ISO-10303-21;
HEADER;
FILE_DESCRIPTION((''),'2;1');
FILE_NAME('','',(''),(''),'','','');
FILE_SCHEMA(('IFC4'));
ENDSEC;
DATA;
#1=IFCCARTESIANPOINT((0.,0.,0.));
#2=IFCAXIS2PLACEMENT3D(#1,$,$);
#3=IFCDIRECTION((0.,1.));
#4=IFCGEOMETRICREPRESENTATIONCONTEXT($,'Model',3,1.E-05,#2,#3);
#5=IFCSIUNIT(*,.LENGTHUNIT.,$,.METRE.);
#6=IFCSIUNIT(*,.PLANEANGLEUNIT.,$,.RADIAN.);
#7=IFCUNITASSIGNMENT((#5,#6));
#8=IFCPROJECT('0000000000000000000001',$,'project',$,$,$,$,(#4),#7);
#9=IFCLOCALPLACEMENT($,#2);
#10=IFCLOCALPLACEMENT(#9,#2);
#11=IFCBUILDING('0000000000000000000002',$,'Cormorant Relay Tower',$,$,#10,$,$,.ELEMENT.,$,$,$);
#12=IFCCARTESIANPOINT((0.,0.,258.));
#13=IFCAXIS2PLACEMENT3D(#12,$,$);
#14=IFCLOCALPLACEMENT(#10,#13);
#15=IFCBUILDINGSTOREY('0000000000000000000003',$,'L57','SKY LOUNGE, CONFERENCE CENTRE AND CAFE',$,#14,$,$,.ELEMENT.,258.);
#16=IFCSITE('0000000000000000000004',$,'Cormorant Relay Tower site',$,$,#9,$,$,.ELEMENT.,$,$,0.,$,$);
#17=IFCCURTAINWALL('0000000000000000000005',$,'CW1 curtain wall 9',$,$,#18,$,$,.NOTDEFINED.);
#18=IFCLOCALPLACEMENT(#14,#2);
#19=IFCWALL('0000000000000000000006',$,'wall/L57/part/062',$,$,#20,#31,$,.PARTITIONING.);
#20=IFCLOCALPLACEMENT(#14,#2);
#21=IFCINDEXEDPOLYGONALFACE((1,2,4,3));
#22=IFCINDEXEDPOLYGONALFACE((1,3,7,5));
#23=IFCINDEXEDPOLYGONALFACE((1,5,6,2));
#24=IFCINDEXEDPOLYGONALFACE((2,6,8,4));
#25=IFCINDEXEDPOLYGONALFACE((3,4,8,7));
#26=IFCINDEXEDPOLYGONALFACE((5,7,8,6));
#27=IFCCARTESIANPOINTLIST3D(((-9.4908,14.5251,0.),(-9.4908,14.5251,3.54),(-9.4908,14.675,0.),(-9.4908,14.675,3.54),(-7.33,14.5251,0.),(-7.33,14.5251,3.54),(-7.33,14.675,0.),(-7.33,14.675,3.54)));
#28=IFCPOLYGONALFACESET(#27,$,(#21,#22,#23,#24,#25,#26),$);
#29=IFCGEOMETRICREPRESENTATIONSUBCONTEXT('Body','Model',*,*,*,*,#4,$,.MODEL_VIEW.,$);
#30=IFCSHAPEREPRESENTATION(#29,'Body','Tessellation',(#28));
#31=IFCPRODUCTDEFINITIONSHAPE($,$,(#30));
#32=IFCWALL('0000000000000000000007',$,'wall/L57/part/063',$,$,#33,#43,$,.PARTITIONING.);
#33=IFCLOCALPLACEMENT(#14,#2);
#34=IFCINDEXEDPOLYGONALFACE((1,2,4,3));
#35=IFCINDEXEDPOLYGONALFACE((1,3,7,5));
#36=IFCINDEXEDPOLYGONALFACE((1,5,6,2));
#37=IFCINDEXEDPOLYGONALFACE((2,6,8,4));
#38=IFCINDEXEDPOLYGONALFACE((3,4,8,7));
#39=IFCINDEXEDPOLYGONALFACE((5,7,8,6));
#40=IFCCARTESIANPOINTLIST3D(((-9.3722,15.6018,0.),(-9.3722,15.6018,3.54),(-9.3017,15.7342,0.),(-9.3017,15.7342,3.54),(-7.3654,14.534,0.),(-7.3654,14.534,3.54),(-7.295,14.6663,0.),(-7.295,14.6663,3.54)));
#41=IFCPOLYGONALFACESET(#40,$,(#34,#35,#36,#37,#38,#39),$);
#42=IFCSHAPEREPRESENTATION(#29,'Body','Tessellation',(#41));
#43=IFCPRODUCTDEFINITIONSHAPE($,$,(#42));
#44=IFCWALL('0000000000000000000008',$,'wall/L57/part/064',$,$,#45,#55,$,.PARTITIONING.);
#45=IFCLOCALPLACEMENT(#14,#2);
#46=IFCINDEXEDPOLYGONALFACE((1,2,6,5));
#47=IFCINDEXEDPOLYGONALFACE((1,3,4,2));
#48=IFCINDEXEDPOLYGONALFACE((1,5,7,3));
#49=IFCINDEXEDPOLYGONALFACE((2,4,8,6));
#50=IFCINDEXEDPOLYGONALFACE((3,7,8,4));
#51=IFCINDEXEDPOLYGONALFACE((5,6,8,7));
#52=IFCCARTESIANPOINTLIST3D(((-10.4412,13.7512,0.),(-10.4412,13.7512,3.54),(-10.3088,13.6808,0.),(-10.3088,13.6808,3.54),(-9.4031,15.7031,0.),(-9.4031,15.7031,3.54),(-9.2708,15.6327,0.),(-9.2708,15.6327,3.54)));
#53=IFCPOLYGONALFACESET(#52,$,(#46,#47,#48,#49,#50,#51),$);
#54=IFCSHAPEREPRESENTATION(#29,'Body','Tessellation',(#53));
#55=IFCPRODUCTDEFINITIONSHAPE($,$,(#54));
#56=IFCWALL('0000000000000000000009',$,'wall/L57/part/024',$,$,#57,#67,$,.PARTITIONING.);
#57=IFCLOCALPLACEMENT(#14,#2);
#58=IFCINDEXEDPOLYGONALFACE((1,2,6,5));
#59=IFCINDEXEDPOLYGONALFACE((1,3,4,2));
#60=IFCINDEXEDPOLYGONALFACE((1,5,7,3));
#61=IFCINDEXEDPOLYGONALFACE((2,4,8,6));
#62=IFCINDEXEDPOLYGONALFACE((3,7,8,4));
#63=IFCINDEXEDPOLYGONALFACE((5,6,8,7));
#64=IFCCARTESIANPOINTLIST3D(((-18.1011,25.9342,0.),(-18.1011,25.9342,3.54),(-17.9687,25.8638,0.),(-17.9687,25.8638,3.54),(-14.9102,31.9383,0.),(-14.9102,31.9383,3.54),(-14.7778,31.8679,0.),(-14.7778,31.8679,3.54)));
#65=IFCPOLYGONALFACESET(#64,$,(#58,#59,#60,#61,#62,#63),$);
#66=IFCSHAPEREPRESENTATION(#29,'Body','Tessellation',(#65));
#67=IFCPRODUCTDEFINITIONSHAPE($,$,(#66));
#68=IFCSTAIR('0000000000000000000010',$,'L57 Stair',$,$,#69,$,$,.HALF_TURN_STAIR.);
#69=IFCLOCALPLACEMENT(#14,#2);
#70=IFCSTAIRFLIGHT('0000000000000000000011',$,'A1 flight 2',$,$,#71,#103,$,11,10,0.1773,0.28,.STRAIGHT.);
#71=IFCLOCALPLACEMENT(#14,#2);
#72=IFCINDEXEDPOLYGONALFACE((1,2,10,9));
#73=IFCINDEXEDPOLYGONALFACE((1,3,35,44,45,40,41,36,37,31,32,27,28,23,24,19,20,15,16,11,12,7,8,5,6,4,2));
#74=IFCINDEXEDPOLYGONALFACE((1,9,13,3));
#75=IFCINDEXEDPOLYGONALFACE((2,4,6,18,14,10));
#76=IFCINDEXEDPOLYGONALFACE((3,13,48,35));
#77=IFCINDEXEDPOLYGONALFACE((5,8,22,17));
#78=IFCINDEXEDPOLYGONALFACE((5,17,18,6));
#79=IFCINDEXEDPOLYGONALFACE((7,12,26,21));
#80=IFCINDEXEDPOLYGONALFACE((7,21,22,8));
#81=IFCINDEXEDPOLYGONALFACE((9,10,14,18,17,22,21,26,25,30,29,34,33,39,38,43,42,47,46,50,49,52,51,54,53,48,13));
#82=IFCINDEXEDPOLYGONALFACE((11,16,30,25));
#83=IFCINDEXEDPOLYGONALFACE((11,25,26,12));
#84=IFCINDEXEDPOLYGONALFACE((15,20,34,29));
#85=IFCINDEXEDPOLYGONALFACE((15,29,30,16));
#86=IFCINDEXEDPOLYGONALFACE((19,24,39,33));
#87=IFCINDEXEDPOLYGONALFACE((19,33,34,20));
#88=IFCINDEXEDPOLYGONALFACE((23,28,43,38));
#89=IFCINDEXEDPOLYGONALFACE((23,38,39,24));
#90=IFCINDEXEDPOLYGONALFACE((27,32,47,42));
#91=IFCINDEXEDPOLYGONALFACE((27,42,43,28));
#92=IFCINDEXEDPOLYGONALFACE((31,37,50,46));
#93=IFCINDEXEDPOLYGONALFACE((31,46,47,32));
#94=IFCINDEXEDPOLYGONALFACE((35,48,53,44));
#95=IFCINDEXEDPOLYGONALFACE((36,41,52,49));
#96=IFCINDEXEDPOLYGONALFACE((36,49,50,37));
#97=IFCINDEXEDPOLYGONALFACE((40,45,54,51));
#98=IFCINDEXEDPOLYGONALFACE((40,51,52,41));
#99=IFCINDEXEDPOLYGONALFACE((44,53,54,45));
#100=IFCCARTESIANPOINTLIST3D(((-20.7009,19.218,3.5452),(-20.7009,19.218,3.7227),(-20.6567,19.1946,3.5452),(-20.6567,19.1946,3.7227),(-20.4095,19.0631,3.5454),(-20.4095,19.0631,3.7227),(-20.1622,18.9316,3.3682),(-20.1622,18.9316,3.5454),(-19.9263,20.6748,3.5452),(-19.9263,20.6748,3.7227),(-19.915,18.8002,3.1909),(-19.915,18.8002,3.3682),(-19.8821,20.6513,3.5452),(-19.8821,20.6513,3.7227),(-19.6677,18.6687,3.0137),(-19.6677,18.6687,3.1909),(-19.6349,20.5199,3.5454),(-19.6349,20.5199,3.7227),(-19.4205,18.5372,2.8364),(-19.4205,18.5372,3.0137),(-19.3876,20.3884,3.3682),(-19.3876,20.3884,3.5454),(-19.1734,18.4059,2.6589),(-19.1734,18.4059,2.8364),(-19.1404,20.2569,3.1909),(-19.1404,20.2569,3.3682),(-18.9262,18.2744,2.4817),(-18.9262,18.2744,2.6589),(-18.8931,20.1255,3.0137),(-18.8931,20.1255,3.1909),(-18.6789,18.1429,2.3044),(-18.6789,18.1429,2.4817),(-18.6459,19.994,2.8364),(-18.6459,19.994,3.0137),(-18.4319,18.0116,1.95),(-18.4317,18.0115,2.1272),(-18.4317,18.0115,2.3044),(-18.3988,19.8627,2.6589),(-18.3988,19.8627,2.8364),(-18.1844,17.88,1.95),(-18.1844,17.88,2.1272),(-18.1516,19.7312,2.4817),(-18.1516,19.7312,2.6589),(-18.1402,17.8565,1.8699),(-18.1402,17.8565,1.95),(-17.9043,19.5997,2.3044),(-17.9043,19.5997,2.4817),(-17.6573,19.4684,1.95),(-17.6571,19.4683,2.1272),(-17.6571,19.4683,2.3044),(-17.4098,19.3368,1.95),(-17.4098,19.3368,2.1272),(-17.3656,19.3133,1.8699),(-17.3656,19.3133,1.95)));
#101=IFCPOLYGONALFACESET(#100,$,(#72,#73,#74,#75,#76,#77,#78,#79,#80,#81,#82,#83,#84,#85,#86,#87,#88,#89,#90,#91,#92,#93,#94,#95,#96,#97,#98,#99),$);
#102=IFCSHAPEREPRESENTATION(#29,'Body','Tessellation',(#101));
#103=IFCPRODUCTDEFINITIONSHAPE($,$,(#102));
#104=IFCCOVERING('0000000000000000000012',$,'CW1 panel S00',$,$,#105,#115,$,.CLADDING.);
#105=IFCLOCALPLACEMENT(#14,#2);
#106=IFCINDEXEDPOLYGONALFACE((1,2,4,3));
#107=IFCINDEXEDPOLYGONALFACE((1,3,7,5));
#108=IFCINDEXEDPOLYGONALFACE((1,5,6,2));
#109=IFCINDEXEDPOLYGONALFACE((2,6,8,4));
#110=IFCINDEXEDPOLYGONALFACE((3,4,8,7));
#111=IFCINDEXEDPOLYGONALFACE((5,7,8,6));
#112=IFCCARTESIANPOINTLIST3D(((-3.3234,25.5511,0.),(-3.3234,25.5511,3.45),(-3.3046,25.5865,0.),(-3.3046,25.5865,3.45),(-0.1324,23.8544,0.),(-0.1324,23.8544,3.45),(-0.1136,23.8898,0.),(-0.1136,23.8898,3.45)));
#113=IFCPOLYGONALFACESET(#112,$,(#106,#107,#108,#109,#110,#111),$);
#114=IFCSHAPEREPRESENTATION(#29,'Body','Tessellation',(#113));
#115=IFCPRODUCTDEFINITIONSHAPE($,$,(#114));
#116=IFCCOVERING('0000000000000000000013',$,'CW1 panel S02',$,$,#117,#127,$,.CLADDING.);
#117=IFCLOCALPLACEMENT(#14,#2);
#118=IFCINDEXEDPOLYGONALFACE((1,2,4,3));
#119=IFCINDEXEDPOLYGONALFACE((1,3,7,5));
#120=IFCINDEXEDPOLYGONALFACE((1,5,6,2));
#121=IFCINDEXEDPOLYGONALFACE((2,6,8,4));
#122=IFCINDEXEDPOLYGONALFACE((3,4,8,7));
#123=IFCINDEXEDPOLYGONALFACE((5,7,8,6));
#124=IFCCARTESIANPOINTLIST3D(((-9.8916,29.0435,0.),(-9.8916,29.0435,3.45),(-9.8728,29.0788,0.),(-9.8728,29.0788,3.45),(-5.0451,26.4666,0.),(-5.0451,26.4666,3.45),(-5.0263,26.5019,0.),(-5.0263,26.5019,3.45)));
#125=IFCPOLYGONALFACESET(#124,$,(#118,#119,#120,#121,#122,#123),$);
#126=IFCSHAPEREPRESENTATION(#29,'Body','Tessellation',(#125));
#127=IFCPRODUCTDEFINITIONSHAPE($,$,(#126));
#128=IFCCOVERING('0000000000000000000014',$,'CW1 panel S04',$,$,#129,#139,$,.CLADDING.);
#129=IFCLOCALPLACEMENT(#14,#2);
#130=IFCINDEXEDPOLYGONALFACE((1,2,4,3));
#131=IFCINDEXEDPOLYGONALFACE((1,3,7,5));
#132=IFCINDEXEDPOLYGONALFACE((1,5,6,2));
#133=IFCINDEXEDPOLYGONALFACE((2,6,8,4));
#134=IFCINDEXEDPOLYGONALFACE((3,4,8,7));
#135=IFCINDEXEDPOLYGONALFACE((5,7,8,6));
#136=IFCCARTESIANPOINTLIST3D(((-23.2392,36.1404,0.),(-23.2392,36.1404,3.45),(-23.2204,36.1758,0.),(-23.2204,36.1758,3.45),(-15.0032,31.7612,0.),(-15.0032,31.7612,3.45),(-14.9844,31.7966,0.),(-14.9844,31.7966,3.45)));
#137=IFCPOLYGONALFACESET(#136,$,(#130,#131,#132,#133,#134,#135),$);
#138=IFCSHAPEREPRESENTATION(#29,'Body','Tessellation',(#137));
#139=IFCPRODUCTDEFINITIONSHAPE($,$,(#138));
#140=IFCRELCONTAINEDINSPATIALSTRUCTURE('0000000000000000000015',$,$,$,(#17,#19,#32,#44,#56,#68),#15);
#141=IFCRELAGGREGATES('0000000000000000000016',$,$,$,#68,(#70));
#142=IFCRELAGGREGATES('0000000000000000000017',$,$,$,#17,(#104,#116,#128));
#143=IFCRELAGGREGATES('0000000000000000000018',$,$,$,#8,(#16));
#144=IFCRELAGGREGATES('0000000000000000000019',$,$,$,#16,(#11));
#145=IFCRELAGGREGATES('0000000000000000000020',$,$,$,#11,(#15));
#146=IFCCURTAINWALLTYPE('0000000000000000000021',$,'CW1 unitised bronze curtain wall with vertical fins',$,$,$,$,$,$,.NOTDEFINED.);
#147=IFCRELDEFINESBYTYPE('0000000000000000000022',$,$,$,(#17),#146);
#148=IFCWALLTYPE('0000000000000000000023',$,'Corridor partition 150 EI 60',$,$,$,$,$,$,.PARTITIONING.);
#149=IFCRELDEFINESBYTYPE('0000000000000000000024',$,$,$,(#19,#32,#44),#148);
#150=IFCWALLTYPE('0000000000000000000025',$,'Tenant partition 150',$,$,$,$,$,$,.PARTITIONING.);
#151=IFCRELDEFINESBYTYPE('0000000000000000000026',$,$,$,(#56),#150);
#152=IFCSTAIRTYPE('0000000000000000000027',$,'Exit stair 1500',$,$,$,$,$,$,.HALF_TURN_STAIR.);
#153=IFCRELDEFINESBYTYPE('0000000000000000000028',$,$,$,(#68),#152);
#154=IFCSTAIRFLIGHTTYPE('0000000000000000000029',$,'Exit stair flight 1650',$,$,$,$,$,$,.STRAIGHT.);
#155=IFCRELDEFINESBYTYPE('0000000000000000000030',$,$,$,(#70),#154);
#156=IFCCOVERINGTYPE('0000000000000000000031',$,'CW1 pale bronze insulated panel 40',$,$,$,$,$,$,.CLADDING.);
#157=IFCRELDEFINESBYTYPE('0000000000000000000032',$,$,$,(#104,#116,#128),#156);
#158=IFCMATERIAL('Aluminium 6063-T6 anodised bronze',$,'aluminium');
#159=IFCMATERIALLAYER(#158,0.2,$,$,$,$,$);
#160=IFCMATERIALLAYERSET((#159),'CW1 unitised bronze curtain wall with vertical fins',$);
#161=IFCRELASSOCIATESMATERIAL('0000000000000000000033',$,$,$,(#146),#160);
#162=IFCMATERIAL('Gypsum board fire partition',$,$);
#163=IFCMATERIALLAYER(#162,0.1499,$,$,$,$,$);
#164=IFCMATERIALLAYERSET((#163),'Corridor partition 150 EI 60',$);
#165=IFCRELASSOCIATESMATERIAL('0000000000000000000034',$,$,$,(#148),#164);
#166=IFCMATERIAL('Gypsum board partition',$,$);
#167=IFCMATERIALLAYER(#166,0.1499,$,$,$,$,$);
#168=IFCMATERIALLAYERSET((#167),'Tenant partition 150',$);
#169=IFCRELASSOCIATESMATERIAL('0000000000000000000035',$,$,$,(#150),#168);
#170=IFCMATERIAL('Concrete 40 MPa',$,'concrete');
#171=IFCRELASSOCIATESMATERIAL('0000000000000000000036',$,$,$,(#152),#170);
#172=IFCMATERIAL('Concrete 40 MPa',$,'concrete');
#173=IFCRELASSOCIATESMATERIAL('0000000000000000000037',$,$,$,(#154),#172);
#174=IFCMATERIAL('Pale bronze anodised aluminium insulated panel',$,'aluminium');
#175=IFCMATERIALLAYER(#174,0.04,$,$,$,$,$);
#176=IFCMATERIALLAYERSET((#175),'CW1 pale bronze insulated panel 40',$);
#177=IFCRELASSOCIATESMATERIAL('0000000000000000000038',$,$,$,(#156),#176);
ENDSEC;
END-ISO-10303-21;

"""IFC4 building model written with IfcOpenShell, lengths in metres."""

from ifc_helpers import new_model, si_unit, direction, frame, frame_2d, origin, origin_2d, place, context, subcontext, project, spatial, polyline, rectangle, outline, extrude, material, layer, layer_set, type_object, element, aggregate, save


model = new_model("IFC4")

# Units and contexts
model_context = context("Model", 3, precision=1e-05, world=origin(), true_north=direction((0.0, 1.0)))
body_context = subcontext(model_context, "Body", "Model", "MODEL_VIEW")
ifc_project = project(units=[si_unit("LENGTHUNIT", "METRE"), si_unit("PLANEANGLEUNIT", "RADIAN")], contexts=[model_context])

# Site, building, storey
site_placement = place(None, origin())
site = spatial("IfcSite", under=ifc_project, at=site_placement, Name="Cormorant Relay Tower site", CompositionType="ELEMENT", RefElevation=0.0)
building_placement = place(site_placement, origin())
building = spatial("IfcBuilding", under=site, at=building_placement, Name="Cormorant Relay Tower", CompositionType="ELEMENT")
storey_placement = place(building_placement, frame((0.0, 0.0, 258.0)))
storey = spatial("IfcBuildingStorey", under=building, at=storey_placement, Name="L57", Description="SKY LOUNGE, CONFERENCE CENTRE AND CAFE", CompositionType="ELEMENT", Elevation=258.0)

# Curtain wall
ifc_material_1 = material(Name="Aluminium 6063-T6 anodised bronze", Category="aluminium")
ifc_layer_1 = layer(ifc_material_1, 0.2)
ifc_layer_set_1 = layer_set([ifc_layer_1], Name="CW1 unitised bronze curtain wall with vertical fins")
curtain_wall_type = type_object("IfcCurtainWallType", Name="CW1 unitised bronze curtain wall with vertical fins", PredefinedType="NOTDEFINED", material=ifc_layer_set_1)
curtain_wall_placement = place(storey_placement, origin())
curtain_wall = element("IfcCurtainWall", 1, at=curtain_wall_placement, inside=storey, type_object=curtain_wall_type, Name="CW1 curtain wall 9", PredefinedType="NOTDEFINED")

# Walls
ifc_material_2 = material(Name="Gypsum board fire partition")
ifc_layer_2 = layer(ifc_material_2, 0.1499)
ifc_layer_set_2 = layer_set([ifc_layer_2], Name="Corridor partition 150 EI 60")
wall_type_1 = type_object("IfcWallType", Name="Corridor partition 150 EI 60", PredefinedType="PARTITIONING", material=ifc_layer_set_2)
wall_1_placement = place(storey_placement, frame((-9.491, 14.6001, 0.0), z_axis=(0.0, 0.0, 1.0), x_axis=(1.0, 0.0, 0.0)))
element("IfcWall", 2, at=wall_1_placement, inside=storey, type_object=wall_type_1, Name="wall/L57/part/062", PredefinedType="PARTITIONING", context=body_context, shape_type="SweptSolid", body=[
    extrude(rectangle(XDim=2.1609, YDim=0.1499, at=frame_2d((1.0806, 0.0))), origin(), (0.0, 0.0, 1.0), 3.54),
])
wall_2_placement = place(storey_placement, frame((-7.3301, 14.6001, 0.0), z_axis=(0.0, 0.0, 1.0), x_axis=(-0.882798, 0.469752, 0.0)))
element("IfcWall", 3, at=wall_2_placement, inside=storey, type_object=wall_type_1, Name="wall/L57/part/063", PredefinedType="PARTITIONING", context=body_context, shape_type="SweptSolid", body=[
    extrude(rectangle(XDim=2.2732, YDim=0.1499, at=frame_2d((1.1367, 0.0))), origin(), (0.0, 0.0, 1.0), 3.54),
])
wall_3_placement = place(storey_placement, frame((-9.3369, 15.668, 0.0), z_axis=(0.0, 0.0, 1.0), x_axis=(-0.469556, -0.882903, 0.0)))
element("IfcWall", 4, at=wall_3_placement, inside=storey, type_object=wall_type_1, Name="wall/L57/part/064", PredefinedType="PARTITIONING", context=body_context, shape_type="SweptSolid", body=[
    extrude(rectangle(XDim=2.2107, YDim=0.1499, at=frame_2d((1.1055, 0.0))), origin(), (0.0, 0.0, 1.0), 3.54),
])
ifc_material_3 = material(Name="Gypsum board partition")
ifc_layer_3 = layer(ifc_material_3, 0.1499)
ifc_layer_set_3 = layer_set([ifc_layer_3], Name="Tenant partition 150")
wall_type_2 = type_object("IfcWallType", Name="Tenant partition 150", PredefinedType="PARTITIONING", material=ifc_layer_set_3)
wall_4_placement = place(storey_placement, frame((-14.844, 31.9031, 0.0), z_axis=(0.0, 0.0, 1.0), x_axis=(-0.469294, -0.883042, 0.0)))
element("IfcWall", 5, at=wall_4_placement, inside=storey, type_object=wall_type_2, Name="wall/L57/part/024", PredefinedType="PARTITIONING", context=body_context, shape_type="SweptSolid", body=[
    extrude(rectangle(XDim=6.7993, YDim=0.1499, at=frame_2d((3.3997, 0.0))), origin(), (0.0, 0.0, 1.0), 3.54),
])

# Stair, stair flight
ifc_material_4 = material(Name="Concrete 40 MPa", Category="concrete")
stair_type = type_object("IfcStairType", Name="Exit stair 1500", PredefinedType="HALF_TURN_STAIR", material=ifc_material_4)
stair_placement = place(storey_placement, origin())
stair = element("IfcStair", 6, at=stair_placement, inside=storey, type_object=stair_type, Name="L57 Stair", PredefinedType="HALF_TURN_STAIR")
ifc_material_5 = material(Name="Concrete 40 MPa", Category="concrete")
stair_flight_type = type_object("IfcStairFlightType", Name="Exit stair flight 1650", PredefinedType="STRAIGHT", material=ifc_material_5)
stair_flight_placement = place(storey_placement, frame((-17.7971, 18.6084, 1.95), z_axis=(0.0, 0.0, 1.0), x_axis=(-0.882948, 0.469472, 0.0)))
stair_flight = element("IfcStairFlight", 7, at=stair_flight_placement, type_object=stair_flight_type, Name="A1 flight 2", NumberOfRisers=11, NumberOfTreads=10, PredefinedType="STRAIGHT", RiserHeight=0.1773, TreadLength=0.28, context=body_context, shape_type="SweptSolid", body=[
    extrude(outline(polyline([(-0.05, -0.0801), (-0.05, 0.0), (0.0, 0.0), (0.0, 0.1772), (0.28, 0.1772), (0.28, 0.3545), (0.5601, 0.3545), (0.5601, 0.5317), (0.8401, 0.5317), (0.8401, 0.709), (1.1201, 0.709), (1.1201, 0.8865), (1.3999, 0.8865), (1.3999, 1.0637), (1.6799, 1.0637), (1.6799, 1.241), (1.96, 1.241), (1.96, 1.4182), (2.24, 1.4182), (2.24, 1.5955), (2.52, 1.5955), (2.52, 1.7727), (2.8, 1.7727), (2.8501, 1.7727), (2.8501, 1.5952), (2.8, 1.5952), (0.2803, 0.0), (-0.05, -0.0801)])), frame((0.0, 0.825, 0.0), z_axis=(0.0, -1.0, 0.0), x_axis=(1.0, 0.0, 0.0)), (0.0, 0.0, 1.0), 1.6499),
])
aggregate(stair, [stair_flight])

# Coverings
ifc_material_6 = material(Name="Pale bronze anodised aluminium insulated panel", Category="aluminium")
ifc_layer_4 = layer(ifc_material_6, 0.04)
ifc_layer_set_4 = layer_set([ifc_layer_4], Name="CW1 pale bronze insulated panel 40")
covering_type = type_object("IfcCoveringType", Name="CW1 pale bronze insulated panel 40", PredefinedType="CLADDING", material=ifc_layer_set_4)
covering_1_placement = place(storey_placement, frame((-1.7185, 24.7205, 0.0), z_axis=(0.0, 0.0, 1.0), x_axis=(-0.882948, 0.469472, 0.0)))
covering_1 = element("IfcCovering", 8, at=covering_1_placement, type_object=covering_type, Name="CW1 panel S00", PredefinedType="CLADDING", context=body_context, shape_type="SweptSolid", body=[
    extrude(rectangle(XDim=3.614, YDim=0.04, at=origin_2d()), origin(), (0.0, 0.0, 1.0), 3.45),
])
covering_2_placement = place(storey_placement, frame((-7.459, 27.7727, 0.0), z_axis=(0.0, 0.0, 1.0), x_axis=(-0.882948, 0.469472, 0.0)))
covering_2 = element("IfcCovering", 9, at=covering_2_placement, type_object=covering_type, Name="CW1 panel S02", PredefinedType="CLADDING", context=body_context, shape_type="SweptSolid", body=[
    extrude(rectangle(XDim=5.489, YDim=0.04, at=origin_2d()), origin(), (0.0, 0.0, 1.0), 3.45),
])
covering_3_placement = place(storey_placement, frame((-19.1118, 33.9685, 0.0), z_axis=(0.0, 0.0, 1.0), x_axis=(-0.882948, 0.469472, 0.0)))
covering_3 = element("IfcCovering", 10, at=covering_3_placement, type_object=covering_type, Name="CW1 panel S04", PredefinedType="CLADDING", context=body_context, shape_type="SweptSolid", body=[
    extrude(rectangle(XDim=9.3279, YDim=0.04, at=origin_2d()), origin(), (0.0, 0.0, 1.0), 3.45),
])
aggregate(curtain_wall, [covering_1, covering_2, covering_3])

save(model, "model.ifc")
